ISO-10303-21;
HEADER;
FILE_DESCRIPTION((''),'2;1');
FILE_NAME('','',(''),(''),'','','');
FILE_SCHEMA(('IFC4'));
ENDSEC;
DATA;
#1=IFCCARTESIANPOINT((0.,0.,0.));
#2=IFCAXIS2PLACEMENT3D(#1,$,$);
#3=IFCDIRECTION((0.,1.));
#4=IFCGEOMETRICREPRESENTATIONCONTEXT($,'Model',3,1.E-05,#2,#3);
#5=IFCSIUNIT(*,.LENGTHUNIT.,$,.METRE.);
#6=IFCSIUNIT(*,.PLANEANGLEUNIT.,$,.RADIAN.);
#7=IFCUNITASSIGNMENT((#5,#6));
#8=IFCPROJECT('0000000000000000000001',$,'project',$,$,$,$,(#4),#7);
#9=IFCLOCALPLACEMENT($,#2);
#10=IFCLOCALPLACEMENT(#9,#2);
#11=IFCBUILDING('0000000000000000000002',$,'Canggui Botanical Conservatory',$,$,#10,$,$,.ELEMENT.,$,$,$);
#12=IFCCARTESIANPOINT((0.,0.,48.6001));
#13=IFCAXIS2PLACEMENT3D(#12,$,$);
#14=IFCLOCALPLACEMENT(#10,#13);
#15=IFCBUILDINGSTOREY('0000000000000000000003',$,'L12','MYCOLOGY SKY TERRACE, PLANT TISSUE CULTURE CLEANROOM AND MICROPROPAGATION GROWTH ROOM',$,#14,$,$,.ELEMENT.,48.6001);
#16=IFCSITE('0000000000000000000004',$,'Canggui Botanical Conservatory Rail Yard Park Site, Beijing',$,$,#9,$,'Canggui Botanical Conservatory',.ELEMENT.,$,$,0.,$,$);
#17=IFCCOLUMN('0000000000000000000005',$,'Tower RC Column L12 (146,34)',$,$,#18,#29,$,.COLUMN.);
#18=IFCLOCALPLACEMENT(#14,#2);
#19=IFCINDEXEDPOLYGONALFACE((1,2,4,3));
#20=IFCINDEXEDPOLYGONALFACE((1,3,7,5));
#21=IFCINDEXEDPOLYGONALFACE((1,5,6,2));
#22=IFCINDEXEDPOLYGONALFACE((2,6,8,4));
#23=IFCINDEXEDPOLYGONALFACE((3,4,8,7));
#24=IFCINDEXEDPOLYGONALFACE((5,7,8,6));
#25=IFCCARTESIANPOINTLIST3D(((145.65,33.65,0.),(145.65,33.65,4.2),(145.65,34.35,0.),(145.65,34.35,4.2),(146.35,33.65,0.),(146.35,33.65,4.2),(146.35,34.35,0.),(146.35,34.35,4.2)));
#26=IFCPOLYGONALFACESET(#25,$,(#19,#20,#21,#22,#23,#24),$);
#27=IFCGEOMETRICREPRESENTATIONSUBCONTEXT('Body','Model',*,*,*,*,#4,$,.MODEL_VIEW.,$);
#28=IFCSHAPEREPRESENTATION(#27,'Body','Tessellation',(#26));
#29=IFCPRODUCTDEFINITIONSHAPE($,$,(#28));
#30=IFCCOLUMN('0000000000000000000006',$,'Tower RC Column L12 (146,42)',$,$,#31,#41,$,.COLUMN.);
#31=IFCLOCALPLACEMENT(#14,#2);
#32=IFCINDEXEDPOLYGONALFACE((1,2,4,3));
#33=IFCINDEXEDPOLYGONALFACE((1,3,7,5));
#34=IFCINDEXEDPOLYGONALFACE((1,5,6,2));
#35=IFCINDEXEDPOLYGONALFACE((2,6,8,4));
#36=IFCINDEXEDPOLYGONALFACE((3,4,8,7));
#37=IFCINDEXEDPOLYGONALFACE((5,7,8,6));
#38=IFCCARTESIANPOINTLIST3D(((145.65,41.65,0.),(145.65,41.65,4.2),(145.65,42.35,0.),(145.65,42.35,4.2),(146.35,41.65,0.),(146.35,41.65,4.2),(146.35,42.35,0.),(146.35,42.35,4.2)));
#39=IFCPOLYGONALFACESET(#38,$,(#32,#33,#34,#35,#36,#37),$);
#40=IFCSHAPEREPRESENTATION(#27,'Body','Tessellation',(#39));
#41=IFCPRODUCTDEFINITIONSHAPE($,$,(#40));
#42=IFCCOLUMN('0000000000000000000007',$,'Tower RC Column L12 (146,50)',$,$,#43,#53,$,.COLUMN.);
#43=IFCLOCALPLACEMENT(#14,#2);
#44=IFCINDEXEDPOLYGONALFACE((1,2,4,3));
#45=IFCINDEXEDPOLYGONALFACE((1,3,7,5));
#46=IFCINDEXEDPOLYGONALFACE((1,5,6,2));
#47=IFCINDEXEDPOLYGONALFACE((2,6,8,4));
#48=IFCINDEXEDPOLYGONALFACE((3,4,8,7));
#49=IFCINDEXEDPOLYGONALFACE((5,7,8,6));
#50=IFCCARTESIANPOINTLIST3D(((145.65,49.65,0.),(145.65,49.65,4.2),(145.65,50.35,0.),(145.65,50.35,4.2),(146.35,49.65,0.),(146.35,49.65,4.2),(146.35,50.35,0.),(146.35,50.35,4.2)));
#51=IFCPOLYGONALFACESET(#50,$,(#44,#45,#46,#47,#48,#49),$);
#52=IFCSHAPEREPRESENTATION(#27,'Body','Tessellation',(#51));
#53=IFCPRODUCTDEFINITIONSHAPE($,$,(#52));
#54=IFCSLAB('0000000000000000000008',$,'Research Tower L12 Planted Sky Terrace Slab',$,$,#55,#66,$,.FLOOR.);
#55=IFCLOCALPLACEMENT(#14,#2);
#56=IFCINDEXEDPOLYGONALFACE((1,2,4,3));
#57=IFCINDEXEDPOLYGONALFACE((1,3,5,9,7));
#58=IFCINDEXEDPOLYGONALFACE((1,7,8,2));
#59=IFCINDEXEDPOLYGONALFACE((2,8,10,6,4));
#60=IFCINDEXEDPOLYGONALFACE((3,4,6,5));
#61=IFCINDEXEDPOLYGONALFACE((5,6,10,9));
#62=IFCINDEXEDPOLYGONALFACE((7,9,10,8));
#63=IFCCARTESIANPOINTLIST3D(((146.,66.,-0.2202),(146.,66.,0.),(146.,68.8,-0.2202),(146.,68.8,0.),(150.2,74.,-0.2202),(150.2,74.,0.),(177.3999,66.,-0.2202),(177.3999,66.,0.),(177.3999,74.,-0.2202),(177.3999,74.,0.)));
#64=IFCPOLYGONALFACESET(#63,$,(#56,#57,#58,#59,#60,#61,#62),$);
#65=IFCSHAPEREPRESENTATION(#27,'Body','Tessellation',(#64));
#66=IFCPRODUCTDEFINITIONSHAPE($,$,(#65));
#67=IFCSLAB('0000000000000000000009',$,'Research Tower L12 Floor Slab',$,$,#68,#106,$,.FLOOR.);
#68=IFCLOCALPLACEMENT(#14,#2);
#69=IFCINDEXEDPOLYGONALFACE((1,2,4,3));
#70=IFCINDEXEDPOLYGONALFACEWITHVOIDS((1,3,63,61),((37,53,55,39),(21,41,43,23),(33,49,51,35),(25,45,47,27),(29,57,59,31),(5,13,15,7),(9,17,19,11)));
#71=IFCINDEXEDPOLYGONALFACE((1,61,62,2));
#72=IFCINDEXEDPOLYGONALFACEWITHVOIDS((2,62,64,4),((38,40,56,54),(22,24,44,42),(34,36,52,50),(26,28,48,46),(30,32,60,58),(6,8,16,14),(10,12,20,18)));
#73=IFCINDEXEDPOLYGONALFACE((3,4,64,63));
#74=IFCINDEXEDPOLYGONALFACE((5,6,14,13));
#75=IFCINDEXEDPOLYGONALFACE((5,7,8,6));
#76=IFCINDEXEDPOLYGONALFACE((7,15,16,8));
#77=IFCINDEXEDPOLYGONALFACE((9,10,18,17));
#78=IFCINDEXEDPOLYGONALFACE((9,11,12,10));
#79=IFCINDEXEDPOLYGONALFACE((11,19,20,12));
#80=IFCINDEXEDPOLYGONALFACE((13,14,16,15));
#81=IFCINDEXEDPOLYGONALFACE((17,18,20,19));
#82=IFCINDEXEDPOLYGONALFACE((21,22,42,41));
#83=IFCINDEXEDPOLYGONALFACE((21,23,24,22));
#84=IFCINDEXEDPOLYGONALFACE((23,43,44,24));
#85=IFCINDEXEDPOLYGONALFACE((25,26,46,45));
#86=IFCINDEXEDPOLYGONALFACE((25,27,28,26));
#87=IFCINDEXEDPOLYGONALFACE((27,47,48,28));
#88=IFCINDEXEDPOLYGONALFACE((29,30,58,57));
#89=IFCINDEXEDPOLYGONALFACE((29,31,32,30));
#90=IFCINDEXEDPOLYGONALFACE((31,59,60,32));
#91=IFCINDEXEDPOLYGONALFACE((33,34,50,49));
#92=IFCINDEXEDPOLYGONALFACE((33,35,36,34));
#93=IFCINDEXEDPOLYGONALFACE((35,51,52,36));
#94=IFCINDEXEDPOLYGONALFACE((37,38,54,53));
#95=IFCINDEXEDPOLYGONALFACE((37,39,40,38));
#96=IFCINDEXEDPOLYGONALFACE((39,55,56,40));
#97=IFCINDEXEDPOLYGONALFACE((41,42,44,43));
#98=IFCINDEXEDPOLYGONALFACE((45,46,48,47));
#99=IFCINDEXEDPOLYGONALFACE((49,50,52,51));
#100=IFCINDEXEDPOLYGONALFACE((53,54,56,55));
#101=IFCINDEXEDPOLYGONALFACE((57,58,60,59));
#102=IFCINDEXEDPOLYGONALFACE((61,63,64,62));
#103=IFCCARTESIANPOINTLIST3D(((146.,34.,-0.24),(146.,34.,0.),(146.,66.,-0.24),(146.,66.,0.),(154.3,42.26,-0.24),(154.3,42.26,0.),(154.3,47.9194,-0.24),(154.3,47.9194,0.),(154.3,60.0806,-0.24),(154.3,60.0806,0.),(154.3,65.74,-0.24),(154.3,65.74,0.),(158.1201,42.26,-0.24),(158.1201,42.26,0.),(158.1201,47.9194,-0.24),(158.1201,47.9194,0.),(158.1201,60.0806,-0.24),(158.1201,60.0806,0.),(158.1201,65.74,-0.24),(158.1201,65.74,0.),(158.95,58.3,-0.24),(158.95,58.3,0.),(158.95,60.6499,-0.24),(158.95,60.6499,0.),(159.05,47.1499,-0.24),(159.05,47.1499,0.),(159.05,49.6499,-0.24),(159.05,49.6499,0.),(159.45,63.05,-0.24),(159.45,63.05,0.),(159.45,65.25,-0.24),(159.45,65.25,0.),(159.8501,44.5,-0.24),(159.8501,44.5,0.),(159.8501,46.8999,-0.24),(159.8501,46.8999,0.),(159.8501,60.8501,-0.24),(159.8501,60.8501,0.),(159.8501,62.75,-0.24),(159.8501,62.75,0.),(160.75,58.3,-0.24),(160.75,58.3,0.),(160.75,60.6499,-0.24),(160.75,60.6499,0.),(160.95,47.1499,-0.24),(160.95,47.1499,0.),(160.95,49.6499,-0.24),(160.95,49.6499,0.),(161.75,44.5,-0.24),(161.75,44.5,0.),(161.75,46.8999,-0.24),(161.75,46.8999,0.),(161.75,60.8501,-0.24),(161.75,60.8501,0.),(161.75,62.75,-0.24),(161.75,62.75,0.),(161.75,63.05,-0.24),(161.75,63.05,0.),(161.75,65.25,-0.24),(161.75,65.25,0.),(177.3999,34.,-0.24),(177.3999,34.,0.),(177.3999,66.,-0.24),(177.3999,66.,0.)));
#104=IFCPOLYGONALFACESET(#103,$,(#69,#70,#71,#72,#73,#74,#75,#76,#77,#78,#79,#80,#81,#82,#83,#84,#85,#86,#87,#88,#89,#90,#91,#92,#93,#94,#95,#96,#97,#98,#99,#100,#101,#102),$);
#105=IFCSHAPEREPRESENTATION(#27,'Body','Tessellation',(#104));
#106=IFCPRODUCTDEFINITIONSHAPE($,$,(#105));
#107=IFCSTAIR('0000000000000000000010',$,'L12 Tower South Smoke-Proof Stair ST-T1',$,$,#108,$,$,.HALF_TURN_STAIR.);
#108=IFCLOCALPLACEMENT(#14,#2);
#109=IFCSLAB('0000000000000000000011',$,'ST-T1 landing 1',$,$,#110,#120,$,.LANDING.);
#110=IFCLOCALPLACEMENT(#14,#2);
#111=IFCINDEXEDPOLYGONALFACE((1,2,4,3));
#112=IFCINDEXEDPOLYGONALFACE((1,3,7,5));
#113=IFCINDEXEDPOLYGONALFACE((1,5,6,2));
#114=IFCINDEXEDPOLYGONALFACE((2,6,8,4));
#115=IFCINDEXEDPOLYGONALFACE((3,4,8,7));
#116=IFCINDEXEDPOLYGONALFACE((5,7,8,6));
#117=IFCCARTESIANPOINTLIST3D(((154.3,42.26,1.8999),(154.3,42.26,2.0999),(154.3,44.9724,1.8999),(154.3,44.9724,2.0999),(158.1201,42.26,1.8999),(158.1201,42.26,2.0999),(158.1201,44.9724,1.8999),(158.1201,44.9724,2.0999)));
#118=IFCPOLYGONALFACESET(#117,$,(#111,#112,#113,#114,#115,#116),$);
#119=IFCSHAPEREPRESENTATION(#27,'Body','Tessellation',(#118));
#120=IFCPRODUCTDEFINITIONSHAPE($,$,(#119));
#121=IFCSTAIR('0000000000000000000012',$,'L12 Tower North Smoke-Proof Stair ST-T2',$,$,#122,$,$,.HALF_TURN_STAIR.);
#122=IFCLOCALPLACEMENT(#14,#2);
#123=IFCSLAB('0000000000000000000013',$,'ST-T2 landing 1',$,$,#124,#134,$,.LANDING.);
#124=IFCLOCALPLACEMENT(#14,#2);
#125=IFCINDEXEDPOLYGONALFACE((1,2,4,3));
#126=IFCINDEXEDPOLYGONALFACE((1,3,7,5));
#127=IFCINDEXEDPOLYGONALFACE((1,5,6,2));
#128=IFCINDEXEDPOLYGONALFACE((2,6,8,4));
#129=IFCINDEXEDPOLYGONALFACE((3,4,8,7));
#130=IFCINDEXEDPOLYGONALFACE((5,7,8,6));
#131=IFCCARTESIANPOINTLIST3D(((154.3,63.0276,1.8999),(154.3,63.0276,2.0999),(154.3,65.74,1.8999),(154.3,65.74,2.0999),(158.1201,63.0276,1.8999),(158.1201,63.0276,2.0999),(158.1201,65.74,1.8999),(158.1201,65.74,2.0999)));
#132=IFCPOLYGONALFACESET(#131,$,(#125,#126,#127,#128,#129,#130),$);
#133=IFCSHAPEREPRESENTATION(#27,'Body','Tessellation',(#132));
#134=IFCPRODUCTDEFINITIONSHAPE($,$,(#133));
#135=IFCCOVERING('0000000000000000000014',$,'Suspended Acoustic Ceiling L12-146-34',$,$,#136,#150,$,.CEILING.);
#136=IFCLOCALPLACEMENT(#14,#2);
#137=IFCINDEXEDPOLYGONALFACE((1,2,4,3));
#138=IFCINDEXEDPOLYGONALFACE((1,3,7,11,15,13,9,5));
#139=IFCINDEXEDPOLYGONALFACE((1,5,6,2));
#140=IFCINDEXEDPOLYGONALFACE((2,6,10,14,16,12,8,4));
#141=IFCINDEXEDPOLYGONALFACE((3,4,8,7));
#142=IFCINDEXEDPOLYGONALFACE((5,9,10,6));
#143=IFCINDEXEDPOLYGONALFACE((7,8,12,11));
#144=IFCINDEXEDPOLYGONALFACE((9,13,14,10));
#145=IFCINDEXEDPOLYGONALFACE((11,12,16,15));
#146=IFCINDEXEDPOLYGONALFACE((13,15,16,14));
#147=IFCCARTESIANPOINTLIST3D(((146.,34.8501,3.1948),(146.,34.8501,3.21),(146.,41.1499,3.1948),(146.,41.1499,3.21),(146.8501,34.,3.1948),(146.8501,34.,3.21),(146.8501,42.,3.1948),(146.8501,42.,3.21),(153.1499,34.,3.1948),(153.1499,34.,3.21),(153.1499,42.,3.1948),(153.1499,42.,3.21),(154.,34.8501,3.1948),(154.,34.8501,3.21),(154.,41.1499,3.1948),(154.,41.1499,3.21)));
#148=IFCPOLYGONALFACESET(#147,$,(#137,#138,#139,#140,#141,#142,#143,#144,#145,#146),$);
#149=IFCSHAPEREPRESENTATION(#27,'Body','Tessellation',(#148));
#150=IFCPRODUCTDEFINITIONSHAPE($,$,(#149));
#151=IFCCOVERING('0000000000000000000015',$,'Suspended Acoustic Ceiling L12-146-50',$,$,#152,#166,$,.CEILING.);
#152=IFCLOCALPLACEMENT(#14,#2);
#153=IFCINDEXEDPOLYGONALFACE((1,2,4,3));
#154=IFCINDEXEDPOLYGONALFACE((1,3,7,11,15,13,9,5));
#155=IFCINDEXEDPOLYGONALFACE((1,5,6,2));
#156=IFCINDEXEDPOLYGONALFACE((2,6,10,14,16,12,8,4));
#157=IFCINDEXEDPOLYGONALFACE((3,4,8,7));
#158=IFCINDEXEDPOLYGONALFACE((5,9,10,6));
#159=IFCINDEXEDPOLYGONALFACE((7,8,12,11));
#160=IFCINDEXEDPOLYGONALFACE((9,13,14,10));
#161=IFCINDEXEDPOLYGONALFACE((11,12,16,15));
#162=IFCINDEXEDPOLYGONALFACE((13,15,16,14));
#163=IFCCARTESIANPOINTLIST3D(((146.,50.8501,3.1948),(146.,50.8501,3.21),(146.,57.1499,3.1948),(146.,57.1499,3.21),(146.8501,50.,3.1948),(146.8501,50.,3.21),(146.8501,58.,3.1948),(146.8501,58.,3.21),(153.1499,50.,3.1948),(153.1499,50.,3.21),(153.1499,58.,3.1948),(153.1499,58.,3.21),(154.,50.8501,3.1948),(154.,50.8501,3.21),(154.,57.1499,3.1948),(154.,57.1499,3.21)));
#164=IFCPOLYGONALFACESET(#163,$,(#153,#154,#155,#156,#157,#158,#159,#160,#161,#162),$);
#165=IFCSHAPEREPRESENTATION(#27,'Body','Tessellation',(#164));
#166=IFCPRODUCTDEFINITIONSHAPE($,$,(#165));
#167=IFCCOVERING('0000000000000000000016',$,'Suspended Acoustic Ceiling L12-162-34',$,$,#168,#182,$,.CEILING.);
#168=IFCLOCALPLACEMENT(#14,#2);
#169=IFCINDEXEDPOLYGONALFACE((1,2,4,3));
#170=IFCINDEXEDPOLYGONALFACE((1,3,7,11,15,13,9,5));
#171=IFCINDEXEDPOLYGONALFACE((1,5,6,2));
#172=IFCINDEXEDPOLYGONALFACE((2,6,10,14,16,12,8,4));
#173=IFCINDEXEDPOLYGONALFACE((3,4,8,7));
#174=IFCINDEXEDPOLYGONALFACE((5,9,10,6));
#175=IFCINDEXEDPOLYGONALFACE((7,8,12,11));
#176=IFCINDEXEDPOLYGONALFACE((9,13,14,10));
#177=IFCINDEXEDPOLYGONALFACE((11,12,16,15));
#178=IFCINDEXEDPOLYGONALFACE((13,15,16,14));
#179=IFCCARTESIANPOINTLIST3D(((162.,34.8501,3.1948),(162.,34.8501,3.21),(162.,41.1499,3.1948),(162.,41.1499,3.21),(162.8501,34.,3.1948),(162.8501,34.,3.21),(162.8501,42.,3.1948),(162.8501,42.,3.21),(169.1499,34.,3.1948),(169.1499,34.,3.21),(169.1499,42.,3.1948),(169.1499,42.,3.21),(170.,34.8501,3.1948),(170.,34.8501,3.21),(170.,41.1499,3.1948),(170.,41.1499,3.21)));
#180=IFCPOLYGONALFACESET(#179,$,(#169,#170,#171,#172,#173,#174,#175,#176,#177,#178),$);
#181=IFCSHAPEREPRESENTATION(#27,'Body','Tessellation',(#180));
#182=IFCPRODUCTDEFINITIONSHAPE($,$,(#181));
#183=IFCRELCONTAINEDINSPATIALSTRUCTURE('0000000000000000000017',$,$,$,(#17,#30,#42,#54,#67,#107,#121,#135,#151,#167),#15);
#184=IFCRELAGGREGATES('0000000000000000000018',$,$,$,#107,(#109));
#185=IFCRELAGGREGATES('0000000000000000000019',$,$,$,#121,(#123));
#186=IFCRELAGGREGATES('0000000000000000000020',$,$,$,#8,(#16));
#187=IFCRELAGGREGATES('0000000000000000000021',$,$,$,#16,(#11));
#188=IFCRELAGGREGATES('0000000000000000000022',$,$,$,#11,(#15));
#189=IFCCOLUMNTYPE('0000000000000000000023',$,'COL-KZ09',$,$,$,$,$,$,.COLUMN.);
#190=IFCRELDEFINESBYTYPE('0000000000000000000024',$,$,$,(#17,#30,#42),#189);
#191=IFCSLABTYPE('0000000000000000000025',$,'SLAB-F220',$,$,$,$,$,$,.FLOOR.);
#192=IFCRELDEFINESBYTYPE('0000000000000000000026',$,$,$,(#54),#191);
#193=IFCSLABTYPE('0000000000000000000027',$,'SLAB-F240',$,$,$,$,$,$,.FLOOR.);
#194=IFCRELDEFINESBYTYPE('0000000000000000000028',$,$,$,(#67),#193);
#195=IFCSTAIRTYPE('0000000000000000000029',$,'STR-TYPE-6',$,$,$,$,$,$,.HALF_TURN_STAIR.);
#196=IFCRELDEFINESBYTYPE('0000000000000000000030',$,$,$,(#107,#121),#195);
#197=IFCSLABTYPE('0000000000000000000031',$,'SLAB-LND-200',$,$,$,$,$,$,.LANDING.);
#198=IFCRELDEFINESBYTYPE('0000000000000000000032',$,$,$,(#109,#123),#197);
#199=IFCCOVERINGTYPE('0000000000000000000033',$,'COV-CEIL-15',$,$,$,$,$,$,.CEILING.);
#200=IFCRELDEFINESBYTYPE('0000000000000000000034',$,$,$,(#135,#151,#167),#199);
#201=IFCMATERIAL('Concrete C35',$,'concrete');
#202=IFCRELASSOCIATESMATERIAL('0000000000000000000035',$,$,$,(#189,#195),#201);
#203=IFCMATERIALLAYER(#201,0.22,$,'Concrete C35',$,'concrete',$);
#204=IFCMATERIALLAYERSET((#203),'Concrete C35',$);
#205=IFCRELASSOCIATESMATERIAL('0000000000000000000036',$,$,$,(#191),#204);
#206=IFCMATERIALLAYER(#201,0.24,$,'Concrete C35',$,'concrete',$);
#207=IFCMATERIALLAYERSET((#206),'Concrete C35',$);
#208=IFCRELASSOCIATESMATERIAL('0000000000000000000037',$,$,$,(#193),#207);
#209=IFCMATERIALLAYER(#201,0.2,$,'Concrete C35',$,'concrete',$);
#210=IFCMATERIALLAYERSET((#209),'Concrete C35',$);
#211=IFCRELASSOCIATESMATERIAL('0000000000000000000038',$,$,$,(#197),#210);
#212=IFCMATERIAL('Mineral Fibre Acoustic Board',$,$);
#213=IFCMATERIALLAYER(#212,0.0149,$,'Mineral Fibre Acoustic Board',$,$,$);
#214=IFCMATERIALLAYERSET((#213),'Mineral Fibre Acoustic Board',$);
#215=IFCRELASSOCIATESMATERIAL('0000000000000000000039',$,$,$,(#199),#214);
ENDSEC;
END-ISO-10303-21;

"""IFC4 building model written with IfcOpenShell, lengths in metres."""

from ifc_helpers import new_model, si_unit, direction, frame, origin, origin_2d, place, context, subcontext, project, spatial, polyline, rectangle, outline, extrude, material, layer, layer_set, material_profile, profile_set, type_object, element, aggregate, save


model = new_model("IFC4")

# Units and contexts
model_context = context("Model", 3, precision=1e-05, world=origin(), true_north=direction((0.0, 1.0)))
body_context = subcontext(model_context, "Body", "Model", "MODEL_VIEW")
ifc_project = project(units=[si_unit("LENGTHUNIT", "METRE"), si_unit("PLANEANGLEUNIT", "RADIAN")], contexts=[model_context])

# Site, building, storey
site_placement = place(None, origin())
site = spatial("IfcSite", under=ifc_project, at=site_placement, Name="Canggui Botanical Conservatory Rail Yard Park Site, Beijing", LongName="Canggui Botanical Conservatory", CompositionType="ELEMENT", RefElevation=0.0)
building_placement = place(site_placement, origin())
building = spatial("IfcBuilding", under=site, at=building_placement, Name="Canggui Botanical Conservatory", CompositionType="ELEMENT")
storey_placement = place(building_placement, frame((0.0, 0.0, 48.6001)))
storey = spatial("IfcBuildingStorey", under=building, at=storey_placement, Name="L12", Description="MYCOLOGY SKY TERRACE, PLANT TISSUE CULTURE CLEANROOM AND MICROPROPAGATION GROWTH ROOM", CompositionType="ELEMENT", Elevation=48.6001)

# Columns
ifc_material_1 = material(Name="Concrete C35", Category="concrete")
ifc_material_profile = material_profile(ifc_material_1, rectangle(XDim=0.7, YDim=0.7, at=origin_2d()), Name="RC 700x700")
ifc_profile_set = profile_set([ifc_material_profile], Name="Concrete C35")
column_type = type_object("IfcColumnType", Name="COL-KZ09", PredefinedType="COLUMN", material=ifc_profile_set)
for number, where, z_axis, x_axis, name in (
    (1, (146.0, 34.0, 0.0), (0.0, 0.0, 1.0), (1.0, 0.0, 0.0), "Tower RC Column L12 (146,34)"),
    (2, (146.0, 42.0, 0.0), (0.0, 0.0, 1.0), (1.0, 0.0, 0.0), "Tower RC Column L12 (146,42)"),
    (3, (146.0, 50.0, 0.0), (0.0, 0.0, 1.0), (1.0, 0.0, 0.0), "Tower RC Column L12 (146,50)"),
):
    element("IfcColumn", number, at=place(storey_placement, frame(where, z_axis=z_axis, x_axis=x_axis)), inside=storey, type_object=column_type, Name=name, PredefinedType="COLUMN", context=body_context, shape_type="SweptSolid", body=[
        extrude(rectangle(XDim=0.7, YDim=0.7, at=origin_2d()), origin(), (0.0, 0.0, 1.0), 4.2),
    ])

# Slabs
ifc_layer_1 = layer(ifc_material_1, 0.22, Name="Concrete C35", Category="concrete")
ifc_layer_set_1 = layer_set([ifc_layer_1], Name="Concrete C35")
slab_type_1 = type_object("IfcSlabType", Name="SLAB-F220", PredefinedType="FLOOR", material=ifc_layer_set_1)
slab_1_placement = place(storey_placement, frame((0.0, 0.0, -0.2202)))
element("IfcSlab", 4, at=slab_1_placement, inside=storey, type_object=slab_type_1, Name="Research Tower L12 Planted Sky Terrace Slab", PredefinedType="FLOOR", context=body_context, shape_type="SweptSolid", body=[
    extrude(outline(polyline([(146.0, 66.0), (177.3999, 66.0), (177.3999, 74.0), (150.2, 74.0), (146.0, 68.8), (146.0, 66.0)])), origin(), (0.0, 0.0, 1.0), 0.2202),
])
ifc_layer_2 = layer(ifc_material_1, 0.24, Name="Concrete C35", Category="concrete")
ifc_layer_set_2 = layer_set([ifc_layer_2], Name="Concrete C35")
slab_type_2 = type_object("IfcSlabType", Name="SLAB-F240", PredefinedType="FLOOR", material=ifc_layer_set_2)
slab_2_placement = place(storey_placement, frame((0.0, 0.0, -0.24)))
element("IfcSlab", 5, at=slab_2_placement, inside=storey, type_object=slab_type_2, Name="Research Tower L12 Floor Slab", PredefinedType="FLOOR", context=body_context, shape_type="SweptSolid", body=[
    extrude(outline(polyline([(146.0, 34.0), (177.3999, 34.0), (177.3999, 66.0), (146.0, 66.0), (146.0, 34.0)]), holes=[polyline([(154.3, 47.9194), (154.3, 42.26), (158.1201, 42.26), (158.1201, 47.9194), (154.3, 47.9194)]), polyline([(158.1201, 60.0806), (158.1201, 65.74), (154.3, 65.74), (154.3, 60.0806), (158.1201, 60.0806)]), polyline([(159.05, 47.1499), (160.95, 47.1499), (160.95, 49.6499), (159.05, 49.6499), (159.05, 47.1499)]), polyline([(159.8501, 44.5), (161.75, 44.5), (161.75, 46.8999), (159.8501, 46.8999), (159.8501, 44.5)]), polyline([(158.95, 58.3), (160.75, 58.3), (160.75, 60.6499), (158.95, 60.6499), (158.95, 58.3)]), polyline([(159.8501, 60.8501), (161.75, 60.8501), (161.75, 62.75), (159.8501, 62.75), (159.8501, 60.8501)]), polyline([(159.45, 63.05), (161.75, 63.05), (161.75, 65.25), (159.45, 65.25), (159.45, 63.05)])]), origin(), (0.0, 0.0, 1.0), 0.24),
])

# Stairs, slabs
stair_type = type_object("IfcStairType", Name="STR-TYPE-6", PredefinedType="HALF_TURN_STAIR", material=ifc_material_1)
stair_1_placement = place(storey_placement, origin())
stair_1 = element("IfcStair", 6, at=stair_1_placement, inside=storey, type_object=stair_type, Name="L12 Tower South Smoke-Proof Stair ST-T1", PredefinedType="HALF_TURN_STAIR")
ifc_layer_3 = layer(ifc_material_1, 0.2, Name="Concrete C35", Category="concrete")
ifc_layer_set_3 = layer_set([ifc_layer_3], Name="Concrete C35")
slab_type_3 = type_object("IfcSlabType", Name="SLAB-LND-200", PredefinedType="LANDING", material=ifc_layer_set_3)
slab_3_placement = place(storey_placement, frame((0.0, 0.0, 1.8999)))
slab_3 = element("IfcSlab", 7, at=slab_3_placement, type_object=slab_type_3, Name="ST-T1 landing 1", PredefinedType="LANDING", context=body_context, shape_type="SweptSolid", body=[
    extrude(outline(polyline([(154.3, 44.9724), (154.3, 42.26), (158.1201, 42.26), (158.1201, 44.9724), (154.3, 44.9724)])), origin(), (0.0, 0.0, 1.0), 0.2),
])
aggregate(stair_1, [slab_3])
stair_2_placement = place(storey_placement, origin())
stair_2 = element("IfcStair", 8, at=stair_2_placement, inside=storey, type_object=stair_type, Name="L12 Tower North Smoke-Proof Stair ST-T2", PredefinedType="HALF_TURN_STAIR")
slab_4_placement = place(storey_placement, frame((0.0, 0.0, 1.8999)))
slab_4 = element("IfcSlab", 9, at=slab_4_placement, type_object=slab_type_3, Name="ST-T2 landing 1", PredefinedType="LANDING", context=body_context, shape_type="SweptSolid", body=[
    extrude(outline(polyline([(158.1201, 63.0276), (158.1201, 65.74), (154.3, 65.74), (154.3, 63.0276), (158.1201, 63.0276)])), origin(), (0.0, 0.0, 1.0), 0.2),
])
aggregate(stair_2, [slab_4])

# Coverings
ifc_material_2 = material(Name="Mineral Fibre Acoustic Board")
ifc_layer_4 = layer(ifc_material_2, 0.0149, Name="Mineral Fibre Acoustic Board")
ifc_layer_set_4 = layer_set([ifc_layer_4], Name="Mineral Fibre Acoustic Board")
covering_type_1 = type_object("IfcCoveringType", Name="COV-CEIL-15", PredefinedType="CEILING", material=ifc_layer_set_4)
covering_1_placement = place(storey_placement, frame((0.0, 0.0, 3.1948)))
element("IfcCovering", 10, at=covering_1_placement, inside=storey, type_object=covering_type_1, Name="Suspended Acoustic Ceiling L12-146-34", PredefinedType="CEILING", context=body_context, shape_type="SweptSolid", body=[
    extrude(outline(polyline([(146.8501, 34.0), (153.1499, 34.0), (154.0, 34.8501), (154.0, 41.1499), (153.1499, 42.0), (146.8501, 42.0), (146.0, 41.1499), (146.0, 34.8501), (146.8501, 34.0)])), origin(), (0.0, 0.0, 1.0), 0.0151),
])
covering_2_placement = place(storey_placement, frame((0.0, 0.0, 3.1948)))
element("IfcCovering", 11, at=covering_2_placement, inside=storey, type_object=covering_type_1, Name="Suspended Acoustic Ceiling L12-146-50", PredefinedType="CEILING", context=body_context, shape_type="SweptSolid", body=[
    extrude(outline(polyline([(146.8501, 50.0), (153.1499, 50.0), (154.0, 50.8501), (154.0, 57.1499), (153.1499, 58.0), (146.8501, 58.0), (146.0, 57.1499), (146.0, 50.8501), (146.8501, 50.0)])), origin(), (0.0, 0.0, 1.0), 0.0151),
])
covering_3_placement = place(storey_placement, frame((0.0, 0.0, 3.1948)))
element("IfcCovering", 12, at=covering_3_placement, inside=storey, type_object=covering_type_1, Name="Suspended Acoustic Ceiling L12-162-34", PredefinedType="CEILING", context=body_context, shape_type="SweptSolid", body=[
    extrude(outline(polyline([(162.8501, 34.0), (169.1499, 34.0), (170.0, 34.8501), (170.0, 41.1499), (169.1499, 42.0), (162.8501, 42.0), (162.0, 41.1499), (162.0, 34.8501), (162.8501, 34.0)])), origin(), (0.0, 0.0, 1.0), 0.0151),
])

save(model, "model.ifc")
